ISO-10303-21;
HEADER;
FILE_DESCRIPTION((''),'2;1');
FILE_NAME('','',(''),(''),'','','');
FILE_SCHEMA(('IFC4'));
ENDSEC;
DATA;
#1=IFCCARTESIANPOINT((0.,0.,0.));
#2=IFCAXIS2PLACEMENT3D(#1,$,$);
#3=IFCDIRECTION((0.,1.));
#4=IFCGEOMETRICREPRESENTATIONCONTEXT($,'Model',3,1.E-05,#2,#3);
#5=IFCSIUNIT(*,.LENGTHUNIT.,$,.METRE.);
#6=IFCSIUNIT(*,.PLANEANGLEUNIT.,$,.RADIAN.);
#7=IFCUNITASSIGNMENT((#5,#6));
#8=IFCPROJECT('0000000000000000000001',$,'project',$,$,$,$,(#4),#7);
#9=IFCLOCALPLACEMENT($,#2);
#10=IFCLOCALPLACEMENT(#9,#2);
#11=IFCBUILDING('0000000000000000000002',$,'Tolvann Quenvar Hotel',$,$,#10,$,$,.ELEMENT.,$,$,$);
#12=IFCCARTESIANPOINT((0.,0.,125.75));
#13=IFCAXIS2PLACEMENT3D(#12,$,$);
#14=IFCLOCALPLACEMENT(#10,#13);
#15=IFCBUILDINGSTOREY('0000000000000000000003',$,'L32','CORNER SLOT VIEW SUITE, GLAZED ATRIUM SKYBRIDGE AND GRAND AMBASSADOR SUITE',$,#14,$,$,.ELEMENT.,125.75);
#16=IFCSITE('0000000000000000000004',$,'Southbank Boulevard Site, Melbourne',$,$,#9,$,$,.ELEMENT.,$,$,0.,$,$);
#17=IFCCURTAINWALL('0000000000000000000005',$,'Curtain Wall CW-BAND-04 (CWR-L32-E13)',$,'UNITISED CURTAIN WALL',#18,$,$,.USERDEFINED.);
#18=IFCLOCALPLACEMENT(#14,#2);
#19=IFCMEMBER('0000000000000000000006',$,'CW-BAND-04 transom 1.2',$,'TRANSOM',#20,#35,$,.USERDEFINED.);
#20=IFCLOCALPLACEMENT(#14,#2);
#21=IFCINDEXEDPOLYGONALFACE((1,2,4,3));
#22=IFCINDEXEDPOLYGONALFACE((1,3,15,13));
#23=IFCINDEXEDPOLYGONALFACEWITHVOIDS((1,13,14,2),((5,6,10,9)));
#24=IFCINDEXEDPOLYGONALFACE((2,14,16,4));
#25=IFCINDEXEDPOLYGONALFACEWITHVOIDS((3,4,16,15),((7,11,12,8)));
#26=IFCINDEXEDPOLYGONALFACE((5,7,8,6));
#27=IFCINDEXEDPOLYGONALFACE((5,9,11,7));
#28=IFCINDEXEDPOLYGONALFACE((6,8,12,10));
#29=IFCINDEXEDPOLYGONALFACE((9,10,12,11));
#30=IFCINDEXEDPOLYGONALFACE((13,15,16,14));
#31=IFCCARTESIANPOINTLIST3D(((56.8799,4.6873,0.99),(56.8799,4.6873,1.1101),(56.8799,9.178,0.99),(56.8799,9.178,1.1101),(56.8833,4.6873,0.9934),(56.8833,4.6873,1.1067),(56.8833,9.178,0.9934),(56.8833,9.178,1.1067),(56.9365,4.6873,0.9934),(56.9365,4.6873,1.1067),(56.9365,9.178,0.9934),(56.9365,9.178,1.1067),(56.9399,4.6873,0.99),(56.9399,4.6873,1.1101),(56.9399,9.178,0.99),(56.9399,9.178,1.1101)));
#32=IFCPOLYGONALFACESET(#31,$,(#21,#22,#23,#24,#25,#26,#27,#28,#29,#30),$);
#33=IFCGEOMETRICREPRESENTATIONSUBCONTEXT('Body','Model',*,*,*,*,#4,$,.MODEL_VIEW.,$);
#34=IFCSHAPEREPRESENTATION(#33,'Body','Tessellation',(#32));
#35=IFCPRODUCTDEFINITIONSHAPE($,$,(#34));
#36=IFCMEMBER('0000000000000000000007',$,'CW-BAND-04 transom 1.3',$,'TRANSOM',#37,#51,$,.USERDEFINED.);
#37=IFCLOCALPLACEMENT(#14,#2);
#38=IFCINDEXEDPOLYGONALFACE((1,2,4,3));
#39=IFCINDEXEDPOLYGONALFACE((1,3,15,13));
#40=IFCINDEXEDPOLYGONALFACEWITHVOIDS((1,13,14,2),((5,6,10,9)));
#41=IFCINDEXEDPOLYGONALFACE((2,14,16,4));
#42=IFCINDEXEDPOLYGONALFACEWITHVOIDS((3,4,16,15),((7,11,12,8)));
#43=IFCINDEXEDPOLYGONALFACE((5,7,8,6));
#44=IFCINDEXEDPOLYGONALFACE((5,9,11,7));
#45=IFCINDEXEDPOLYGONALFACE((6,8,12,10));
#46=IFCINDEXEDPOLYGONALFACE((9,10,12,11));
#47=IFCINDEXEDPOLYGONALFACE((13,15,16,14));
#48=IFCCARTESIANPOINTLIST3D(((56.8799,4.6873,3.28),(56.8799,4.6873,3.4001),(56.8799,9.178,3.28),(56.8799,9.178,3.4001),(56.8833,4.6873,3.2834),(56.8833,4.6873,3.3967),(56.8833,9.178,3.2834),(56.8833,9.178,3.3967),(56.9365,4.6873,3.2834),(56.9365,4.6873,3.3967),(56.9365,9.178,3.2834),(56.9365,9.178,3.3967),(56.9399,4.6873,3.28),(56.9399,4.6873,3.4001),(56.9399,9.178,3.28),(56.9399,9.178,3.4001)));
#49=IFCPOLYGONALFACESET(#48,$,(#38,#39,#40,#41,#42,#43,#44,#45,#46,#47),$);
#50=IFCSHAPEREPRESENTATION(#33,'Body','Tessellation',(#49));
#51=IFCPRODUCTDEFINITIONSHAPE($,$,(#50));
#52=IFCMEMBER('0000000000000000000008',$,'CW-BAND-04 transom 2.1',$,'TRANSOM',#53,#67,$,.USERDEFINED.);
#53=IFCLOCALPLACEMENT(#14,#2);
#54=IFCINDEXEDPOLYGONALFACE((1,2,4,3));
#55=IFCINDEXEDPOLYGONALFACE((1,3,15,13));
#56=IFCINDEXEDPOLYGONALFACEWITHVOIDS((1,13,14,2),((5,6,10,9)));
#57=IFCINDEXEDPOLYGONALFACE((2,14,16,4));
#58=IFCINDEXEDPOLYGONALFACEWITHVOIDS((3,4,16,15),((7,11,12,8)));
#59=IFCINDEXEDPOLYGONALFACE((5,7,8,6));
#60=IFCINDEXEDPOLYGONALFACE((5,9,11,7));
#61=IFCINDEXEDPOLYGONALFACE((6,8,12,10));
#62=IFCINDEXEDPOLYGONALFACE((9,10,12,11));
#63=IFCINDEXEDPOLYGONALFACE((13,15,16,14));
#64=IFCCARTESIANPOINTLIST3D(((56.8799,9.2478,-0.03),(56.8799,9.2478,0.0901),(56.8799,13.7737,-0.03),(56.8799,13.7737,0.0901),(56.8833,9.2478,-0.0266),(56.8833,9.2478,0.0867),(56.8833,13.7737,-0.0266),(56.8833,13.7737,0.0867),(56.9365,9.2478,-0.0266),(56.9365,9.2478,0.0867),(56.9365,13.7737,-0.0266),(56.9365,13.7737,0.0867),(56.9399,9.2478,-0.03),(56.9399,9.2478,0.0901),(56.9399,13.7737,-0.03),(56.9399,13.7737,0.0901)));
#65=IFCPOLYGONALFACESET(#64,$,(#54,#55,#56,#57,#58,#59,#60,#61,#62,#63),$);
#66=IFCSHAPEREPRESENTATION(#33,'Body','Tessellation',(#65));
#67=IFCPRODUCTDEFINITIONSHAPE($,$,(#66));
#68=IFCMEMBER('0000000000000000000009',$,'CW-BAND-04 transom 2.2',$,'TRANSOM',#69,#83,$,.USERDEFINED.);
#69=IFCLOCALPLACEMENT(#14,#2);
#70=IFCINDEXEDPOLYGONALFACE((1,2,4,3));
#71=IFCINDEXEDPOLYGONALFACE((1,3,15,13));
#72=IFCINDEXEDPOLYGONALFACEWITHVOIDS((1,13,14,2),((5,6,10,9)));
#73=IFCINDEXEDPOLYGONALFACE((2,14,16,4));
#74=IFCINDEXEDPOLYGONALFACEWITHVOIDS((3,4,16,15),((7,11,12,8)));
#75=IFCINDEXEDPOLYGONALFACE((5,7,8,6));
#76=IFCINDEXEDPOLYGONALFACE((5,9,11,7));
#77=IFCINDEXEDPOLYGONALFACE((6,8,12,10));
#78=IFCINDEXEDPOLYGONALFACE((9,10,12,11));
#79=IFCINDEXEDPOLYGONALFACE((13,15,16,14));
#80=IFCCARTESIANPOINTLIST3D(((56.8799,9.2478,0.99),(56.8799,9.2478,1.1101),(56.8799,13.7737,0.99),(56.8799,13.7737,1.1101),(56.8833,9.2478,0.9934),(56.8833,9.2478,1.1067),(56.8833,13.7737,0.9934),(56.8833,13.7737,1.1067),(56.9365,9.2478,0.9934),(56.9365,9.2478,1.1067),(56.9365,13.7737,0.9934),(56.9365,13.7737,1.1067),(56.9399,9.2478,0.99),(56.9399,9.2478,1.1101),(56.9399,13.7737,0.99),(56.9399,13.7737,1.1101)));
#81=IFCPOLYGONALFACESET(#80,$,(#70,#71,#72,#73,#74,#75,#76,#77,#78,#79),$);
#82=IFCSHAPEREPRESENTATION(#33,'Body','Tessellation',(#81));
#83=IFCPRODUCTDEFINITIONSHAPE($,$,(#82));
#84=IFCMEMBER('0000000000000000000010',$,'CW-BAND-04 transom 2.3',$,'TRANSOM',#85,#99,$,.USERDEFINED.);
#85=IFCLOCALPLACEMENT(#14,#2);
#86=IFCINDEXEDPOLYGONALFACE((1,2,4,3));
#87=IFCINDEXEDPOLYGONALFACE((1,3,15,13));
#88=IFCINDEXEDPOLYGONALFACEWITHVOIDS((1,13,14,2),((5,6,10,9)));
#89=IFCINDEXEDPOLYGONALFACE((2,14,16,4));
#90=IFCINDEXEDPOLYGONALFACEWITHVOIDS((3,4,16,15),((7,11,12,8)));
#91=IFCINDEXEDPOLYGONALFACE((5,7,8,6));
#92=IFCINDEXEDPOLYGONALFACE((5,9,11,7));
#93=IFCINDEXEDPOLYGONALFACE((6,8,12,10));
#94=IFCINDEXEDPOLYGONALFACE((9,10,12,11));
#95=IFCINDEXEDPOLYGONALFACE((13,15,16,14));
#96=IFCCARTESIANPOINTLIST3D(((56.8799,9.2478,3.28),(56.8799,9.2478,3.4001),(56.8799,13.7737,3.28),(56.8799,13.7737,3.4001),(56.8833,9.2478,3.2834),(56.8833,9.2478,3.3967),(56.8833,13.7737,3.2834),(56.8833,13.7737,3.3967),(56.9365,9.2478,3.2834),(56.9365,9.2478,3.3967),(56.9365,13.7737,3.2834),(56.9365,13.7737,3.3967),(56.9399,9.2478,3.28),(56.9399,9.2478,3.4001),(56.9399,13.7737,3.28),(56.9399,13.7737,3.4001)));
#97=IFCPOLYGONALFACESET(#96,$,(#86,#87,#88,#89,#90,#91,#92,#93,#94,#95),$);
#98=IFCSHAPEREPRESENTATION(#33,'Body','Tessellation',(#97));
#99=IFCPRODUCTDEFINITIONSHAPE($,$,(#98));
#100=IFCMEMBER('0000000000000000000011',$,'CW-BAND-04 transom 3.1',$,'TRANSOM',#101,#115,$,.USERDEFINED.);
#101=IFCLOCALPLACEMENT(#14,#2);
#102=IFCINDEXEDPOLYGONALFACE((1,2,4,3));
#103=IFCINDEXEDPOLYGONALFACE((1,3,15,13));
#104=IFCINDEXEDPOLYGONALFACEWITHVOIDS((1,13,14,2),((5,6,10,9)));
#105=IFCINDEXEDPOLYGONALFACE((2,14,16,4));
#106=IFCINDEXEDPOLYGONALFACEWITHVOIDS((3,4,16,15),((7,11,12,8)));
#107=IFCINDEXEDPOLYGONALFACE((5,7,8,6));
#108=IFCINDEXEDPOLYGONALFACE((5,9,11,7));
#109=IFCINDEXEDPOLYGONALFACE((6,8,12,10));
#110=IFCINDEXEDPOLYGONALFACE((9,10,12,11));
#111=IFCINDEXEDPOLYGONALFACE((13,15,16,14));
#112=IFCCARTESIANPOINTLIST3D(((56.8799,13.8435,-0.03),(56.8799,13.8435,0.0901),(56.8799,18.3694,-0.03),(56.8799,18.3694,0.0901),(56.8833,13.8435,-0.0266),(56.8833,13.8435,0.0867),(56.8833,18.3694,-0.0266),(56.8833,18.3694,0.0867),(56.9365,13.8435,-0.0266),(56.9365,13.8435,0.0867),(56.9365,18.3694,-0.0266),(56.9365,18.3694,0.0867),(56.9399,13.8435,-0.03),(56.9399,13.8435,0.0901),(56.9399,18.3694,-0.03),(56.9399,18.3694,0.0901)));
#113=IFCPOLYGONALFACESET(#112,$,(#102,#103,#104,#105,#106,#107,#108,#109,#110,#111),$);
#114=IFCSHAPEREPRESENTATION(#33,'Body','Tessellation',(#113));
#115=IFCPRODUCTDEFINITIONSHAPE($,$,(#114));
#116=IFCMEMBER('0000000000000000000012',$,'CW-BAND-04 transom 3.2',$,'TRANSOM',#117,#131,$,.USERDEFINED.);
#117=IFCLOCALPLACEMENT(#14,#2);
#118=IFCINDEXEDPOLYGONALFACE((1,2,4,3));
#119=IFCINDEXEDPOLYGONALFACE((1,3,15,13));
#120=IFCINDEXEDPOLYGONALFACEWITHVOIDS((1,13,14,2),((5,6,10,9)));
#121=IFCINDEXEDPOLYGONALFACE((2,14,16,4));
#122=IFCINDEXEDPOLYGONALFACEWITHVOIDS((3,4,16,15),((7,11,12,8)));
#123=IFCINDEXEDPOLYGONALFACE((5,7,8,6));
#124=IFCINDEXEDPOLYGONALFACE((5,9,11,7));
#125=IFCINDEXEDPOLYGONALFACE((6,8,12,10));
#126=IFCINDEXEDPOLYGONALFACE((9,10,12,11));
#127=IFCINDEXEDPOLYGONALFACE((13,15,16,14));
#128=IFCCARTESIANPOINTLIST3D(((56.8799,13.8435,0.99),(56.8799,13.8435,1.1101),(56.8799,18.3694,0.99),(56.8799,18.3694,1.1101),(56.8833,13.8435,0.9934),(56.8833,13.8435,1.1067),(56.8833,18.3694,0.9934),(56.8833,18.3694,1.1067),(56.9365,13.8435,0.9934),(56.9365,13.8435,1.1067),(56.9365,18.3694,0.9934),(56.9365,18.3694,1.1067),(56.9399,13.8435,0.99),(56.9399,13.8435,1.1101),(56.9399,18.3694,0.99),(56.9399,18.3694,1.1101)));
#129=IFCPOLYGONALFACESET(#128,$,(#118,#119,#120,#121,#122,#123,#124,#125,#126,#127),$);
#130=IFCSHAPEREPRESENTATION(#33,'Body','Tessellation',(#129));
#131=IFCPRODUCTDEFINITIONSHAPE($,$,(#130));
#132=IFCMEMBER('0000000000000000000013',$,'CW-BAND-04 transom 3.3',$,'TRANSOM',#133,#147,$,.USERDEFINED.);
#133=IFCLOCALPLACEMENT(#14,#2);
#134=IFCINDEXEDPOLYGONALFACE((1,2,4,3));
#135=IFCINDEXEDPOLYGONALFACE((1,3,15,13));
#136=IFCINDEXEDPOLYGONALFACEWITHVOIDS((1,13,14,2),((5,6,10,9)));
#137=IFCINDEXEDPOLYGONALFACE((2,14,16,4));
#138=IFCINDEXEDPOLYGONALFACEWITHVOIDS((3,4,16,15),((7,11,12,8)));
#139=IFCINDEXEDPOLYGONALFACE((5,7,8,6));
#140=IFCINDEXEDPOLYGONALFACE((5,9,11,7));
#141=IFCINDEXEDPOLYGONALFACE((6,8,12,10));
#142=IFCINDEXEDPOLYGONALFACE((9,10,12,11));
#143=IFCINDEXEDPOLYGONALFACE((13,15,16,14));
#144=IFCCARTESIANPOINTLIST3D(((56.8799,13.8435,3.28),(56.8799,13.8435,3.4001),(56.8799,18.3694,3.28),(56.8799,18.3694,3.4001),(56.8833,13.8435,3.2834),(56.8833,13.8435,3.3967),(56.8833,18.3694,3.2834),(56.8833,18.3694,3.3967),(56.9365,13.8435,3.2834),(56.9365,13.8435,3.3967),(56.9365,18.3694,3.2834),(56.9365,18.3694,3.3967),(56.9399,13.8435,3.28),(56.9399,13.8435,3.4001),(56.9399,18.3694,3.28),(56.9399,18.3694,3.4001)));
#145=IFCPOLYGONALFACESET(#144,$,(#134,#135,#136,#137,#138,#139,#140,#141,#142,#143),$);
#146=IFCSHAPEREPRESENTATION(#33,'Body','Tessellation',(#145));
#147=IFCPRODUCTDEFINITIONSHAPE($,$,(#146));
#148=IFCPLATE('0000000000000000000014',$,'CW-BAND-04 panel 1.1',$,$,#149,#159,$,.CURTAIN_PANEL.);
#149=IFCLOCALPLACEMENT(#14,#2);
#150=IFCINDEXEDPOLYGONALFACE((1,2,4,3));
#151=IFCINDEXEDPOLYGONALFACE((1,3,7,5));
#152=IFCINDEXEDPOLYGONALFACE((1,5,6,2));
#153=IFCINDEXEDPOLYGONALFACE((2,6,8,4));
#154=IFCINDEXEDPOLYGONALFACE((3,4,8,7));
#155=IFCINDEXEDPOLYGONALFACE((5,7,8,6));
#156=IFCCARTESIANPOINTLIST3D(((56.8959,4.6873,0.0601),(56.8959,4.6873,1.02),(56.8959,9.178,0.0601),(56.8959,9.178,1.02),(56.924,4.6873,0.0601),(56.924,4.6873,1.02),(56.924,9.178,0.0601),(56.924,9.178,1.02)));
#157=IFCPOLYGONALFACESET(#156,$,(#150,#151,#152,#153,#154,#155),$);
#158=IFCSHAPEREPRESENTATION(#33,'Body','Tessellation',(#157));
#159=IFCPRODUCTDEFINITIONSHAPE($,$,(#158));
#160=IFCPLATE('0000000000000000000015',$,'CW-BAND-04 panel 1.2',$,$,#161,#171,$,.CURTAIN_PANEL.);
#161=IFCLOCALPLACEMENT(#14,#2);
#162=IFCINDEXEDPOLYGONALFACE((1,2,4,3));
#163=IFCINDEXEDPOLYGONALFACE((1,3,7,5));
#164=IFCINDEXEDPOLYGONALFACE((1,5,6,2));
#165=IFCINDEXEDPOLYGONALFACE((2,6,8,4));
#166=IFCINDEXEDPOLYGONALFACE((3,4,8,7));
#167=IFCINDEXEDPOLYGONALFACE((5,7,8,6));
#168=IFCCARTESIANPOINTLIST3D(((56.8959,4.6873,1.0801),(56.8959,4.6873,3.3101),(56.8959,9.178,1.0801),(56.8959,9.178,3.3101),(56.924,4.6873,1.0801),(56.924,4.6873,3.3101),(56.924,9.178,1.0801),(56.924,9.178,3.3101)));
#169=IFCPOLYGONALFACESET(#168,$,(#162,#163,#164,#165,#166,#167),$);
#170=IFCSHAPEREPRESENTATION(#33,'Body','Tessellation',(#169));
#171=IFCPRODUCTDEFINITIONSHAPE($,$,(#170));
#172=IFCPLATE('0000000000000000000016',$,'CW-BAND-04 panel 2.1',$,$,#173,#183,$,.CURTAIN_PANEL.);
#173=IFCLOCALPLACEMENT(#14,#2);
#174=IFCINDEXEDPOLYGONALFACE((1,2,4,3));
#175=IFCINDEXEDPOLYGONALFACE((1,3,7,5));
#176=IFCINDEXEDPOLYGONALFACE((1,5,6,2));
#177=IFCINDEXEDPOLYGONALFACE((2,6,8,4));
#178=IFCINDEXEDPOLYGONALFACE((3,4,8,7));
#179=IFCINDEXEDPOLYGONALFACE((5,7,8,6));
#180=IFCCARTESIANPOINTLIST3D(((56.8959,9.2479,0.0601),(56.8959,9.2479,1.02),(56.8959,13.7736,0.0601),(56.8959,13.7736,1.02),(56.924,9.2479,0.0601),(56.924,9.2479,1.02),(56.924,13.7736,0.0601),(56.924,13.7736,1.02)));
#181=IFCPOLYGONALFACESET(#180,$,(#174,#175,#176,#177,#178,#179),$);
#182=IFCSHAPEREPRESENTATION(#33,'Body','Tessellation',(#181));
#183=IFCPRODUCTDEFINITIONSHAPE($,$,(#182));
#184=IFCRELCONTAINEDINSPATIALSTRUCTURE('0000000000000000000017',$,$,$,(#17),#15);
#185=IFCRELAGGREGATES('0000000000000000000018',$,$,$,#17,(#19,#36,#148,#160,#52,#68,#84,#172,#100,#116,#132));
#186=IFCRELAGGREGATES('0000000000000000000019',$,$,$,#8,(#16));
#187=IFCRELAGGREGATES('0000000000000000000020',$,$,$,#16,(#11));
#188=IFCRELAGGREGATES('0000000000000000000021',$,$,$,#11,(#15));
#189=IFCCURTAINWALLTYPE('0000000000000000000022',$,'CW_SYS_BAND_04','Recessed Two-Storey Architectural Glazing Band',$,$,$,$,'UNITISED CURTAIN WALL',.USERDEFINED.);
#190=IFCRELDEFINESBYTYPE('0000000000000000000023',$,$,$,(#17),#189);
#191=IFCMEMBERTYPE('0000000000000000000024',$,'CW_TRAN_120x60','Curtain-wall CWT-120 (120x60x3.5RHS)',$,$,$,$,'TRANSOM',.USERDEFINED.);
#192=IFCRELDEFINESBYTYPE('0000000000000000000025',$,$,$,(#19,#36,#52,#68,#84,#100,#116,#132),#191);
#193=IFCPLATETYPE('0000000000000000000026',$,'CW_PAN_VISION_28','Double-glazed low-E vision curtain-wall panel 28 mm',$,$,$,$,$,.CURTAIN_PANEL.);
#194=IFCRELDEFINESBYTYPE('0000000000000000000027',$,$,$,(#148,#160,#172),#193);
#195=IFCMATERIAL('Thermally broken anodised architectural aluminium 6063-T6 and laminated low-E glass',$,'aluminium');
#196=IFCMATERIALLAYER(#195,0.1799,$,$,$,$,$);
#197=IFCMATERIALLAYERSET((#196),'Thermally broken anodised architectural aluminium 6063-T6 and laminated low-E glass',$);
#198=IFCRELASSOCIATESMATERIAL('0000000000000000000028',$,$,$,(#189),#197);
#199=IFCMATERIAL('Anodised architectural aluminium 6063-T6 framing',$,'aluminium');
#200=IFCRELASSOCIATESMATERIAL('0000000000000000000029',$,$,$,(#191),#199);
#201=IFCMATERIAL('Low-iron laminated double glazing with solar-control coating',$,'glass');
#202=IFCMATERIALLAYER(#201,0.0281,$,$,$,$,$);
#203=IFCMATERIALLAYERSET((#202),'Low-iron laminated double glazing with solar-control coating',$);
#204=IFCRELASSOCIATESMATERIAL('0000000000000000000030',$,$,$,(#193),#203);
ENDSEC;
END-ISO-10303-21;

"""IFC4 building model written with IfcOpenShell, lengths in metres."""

from ifc_helpers import new_model, si_unit, direction, frame, origin, origin_2d, place, context, subcontext, project, spatial, rectangle, hollow_rectangle, extrude, source, transform, mapped, material, layer, layer_set, material_profile, profile_set, type_object, type_shapes, element, aggregate, save


model = new_model("IFC4")

# Units and contexts
model_context = context("Model", 3, precision=1e-05, world=origin(), true_north=direction((0.0, 1.0)))
body_context = subcontext(model_context, "Body", "Model", "MODEL_VIEW")
ifc_project = project(units=[si_unit("LENGTHUNIT", "METRE"), si_unit("PLANEANGLEUNIT", "RADIAN")], contexts=[model_context])

# Site, building, storey
site_placement = place(None, origin())
site = spatial("IfcSite", under=ifc_project, at=site_placement, Name="Southbank Boulevard Site, Melbourne", CompositionType="ELEMENT", RefElevation=0.0)
building_placement = place(site_placement, origin())
building = spatial("IfcBuilding", under=site, at=building_placement, Name="Tolvann Quenvar Hotel", CompositionType="ELEMENT")
storey_placement = place(building_placement, frame((0.0, 0.0, 125.75)))
storey = spatial("IfcBuildingStorey", under=building, at=storey_placement, Name="L32", Description="CORNER SLOT VIEW SUITE, GLAZED ATRIUM SKYBRIDGE AND GRAND AMBASSADOR SUITE", CompositionType="ELEMENT", Elevation=125.75)

# Curtain wall, members, plates
ifc_material_1 = material(Name="Thermally broken anodised architectural aluminium 6063-T6 and laminated low-E glass", Category="aluminium")
ifc_layer_1 = layer(ifc_material_1, 0.1799)
ifc_layer_set_1 = layer_set([ifc_layer_1], Name="Thermally broken anodised architectural aluminium 6063-T6 and laminated low-E glass")
curtain_wall_type = type_object("IfcCurtainWallType", Name="CW_SYS_BAND_04", Description="Recessed Two-Storey Architectural Glazing Band", ElementType="UNITISED CURTAIN WALL", PredefinedType="USERDEFINED", material=ifc_layer_set_1)
curtain_wall_placement = place(storey_placement, origin())
curtain_wall = element("IfcCurtainWall", 1, at=curtain_wall_placement, inside=storey, type_object=curtain_wall_type, Name="Curtain Wall CW-BAND-04 (CWR-L32-E13)", ObjectType="UNITISED CURTAIN WALL", PredefinedType="USERDEFINED")
ifc_material_2 = material(Name="Anodised architectural aluminium 6063-T6 framing", Category="aluminium")
ifc_material_profile_1 = material_profile(ifc_material_2, hollow_rectangle(XDim=0.0601, YDim=0.1201, WallThickness=0.0034, at=origin_2d()), Name="120x60x3.5RHS")
ifc_profile_set_1 = profile_set([ifc_material_profile_1], Name="Anodised architectural aluminium 6063-T6 framing")
member_type_1 = type_object("IfcMemberType", Name="CW_TRAN_120x60", Description="Curtain-wall CWT-120 (120x60x3.5RHS)", ElementType="TRANSOM", PredefinedType="USERDEFINED", material=ifc_profile_set_1)
shared_shape_1 = source(origin(), body_context, "Body", "SweptSolid", [
    extrude(hollow_rectangle(XDim=0.0601, YDim=0.1201, WallThickness=0.0034, at=origin_2d()), origin(), (0.0, 0.0, 1.0), 4.4907),
])
member_1_placement = place(storey_placement, frame((56.9099, 4.6873, 1.05), z_axis=(0.0, 1.0, 0.0), x_axis=(-1.0, 0.0, 0.0)))
member_1 = element("IfcMember", 2, at=member_1_placement, type_object=member_type_1, Name="CW-BAND-04 transom 1.2", ObjectType="TRANSOM", PredefinedType="USERDEFINED", context=body_context, shape_type="MappedRepresentation", body=[
    mapped(shared_shape_1, transform((0.0, 0.0, 0.0), x_axis=(1.0, 0.0, 0.0), y_axis=(0.0, 1.0, 0.0), z_axis=(0.0, 0.0, 1.0), scale=1.0)),
])
member_2_placement = place(storey_placement, frame((56.9099, 4.6873, 3.3401), z_axis=(0.0, 1.0, 0.0), x_axis=(-1.0, 0.0, 0.0)))
member_2 = element("IfcMember", 3, at=member_2_placement, type_object=member_type_1, Name="CW-BAND-04 transom 1.3", ObjectType="TRANSOM", PredefinedType="USERDEFINED", context=body_context, shape_type="MappedRepresentation", body=[
    mapped(shared_shape_1, transform((0.0, 0.0, 0.0), x_axis=(1.0, 0.0, 0.0), y_axis=(0.0, 1.0, 0.0), z_axis=(0.0, 0.0, 1.0), scale=1.0)),
])
shared_shape_2 = source(origin(), body_context, "Body", "SweptSolid", [
    extrude(hollow_rectangle(XDim=0.0601, YDim=0.1201, WallThickness=0.0034, at=origin_2d()), origin(), (0.0, 0.0, 1.0), 4.5259),
])
type_shapes(member_type_1, [shared_shape_1, shared_shape_2])
member_3_placement = place(storey_placement, frame((56.9099, 9.2478, 0.03), z_axis=(0.0, 1.0, 0.0), x_axis=(-1.0, 0.0, 0.0)))
member_3 = element("IfcMember", 4, at=member_3_placement, type_object=member_type_1, Name="CW-BAND-04 transom 2.1", ObjectType="TRANSOM", PredefinedType="USERDEFINED", context=body_context, shape_type="MappedRepresentation", body=[
    mapped(shared_shape_2, transform((0.0, 0.0, 0.0), x_axis=(1.0, 0.0, 0.0), y_axis=(0.0, 1.0, 0.0), z_axis=(0.0, 0.0, 1.0), scale=1.0)),
])
member_4_placement = place(storey_placement, frame((56.9099, 9.2478, 1.05), z_axis=(0.0, 1.0, 0.0), x_axis=(-1.0, 0.0, 0.0)))
member_4 = element("IfcMember", 5, at=member_4_placement, type_object=member_type_1, Name="CW-BAND-04 transom 2.2", ObjectType="TRANSOM", PredefinedType="USERDEFINED", context=body_context, shape_type="MappedRepresentation", body=[
    mapped(shared_shape_2, transform((0.0, 0.0, 0.0), x_axis=(1.0, 0.0, 0.0), y_axis=(0.0, 1.0, 0.0), z_axis=(0.0, 0.0, 1.0), scale=1.0)),
])
member_5_placement = place(storey_placement, frame((56.9099, 9.2478, 3.3401), z_axis=(0.0, 1.0, 0.0), x_axis=(-1.0, 0.0, 0.0)))
member_5 = element("IfcMember", 6, at=member_5_placement, type_object=member_type_1, Name="CW-BAND-04 transom 2.3", ObjectType="TRANSOM", PredefinedType="USERDEFINED", context=body_context, shape_type="MappedRepresentation", body=[
    mapped(shared_shape_2, transform((0.0, 0.0, 0.0), x_axis=(1.0, 0.0, 0.0), y_axis=(0.0, 1.0, 0.0), z_axis=(0.0, 0.0, 1.0), scale=1.0)),
])
member_6_placement = place(storey_placement, frame((56.9099, 13.8435, 0.03), z_axis=(0.0, 1.0, 0.0), x_axis=(-1.0, 0.0, 0.0)))
member_6 = element("IfcMember", 7, at=member_6_placement, type_object=member_type_1, Name="CW-BAND-04 transom 3.1", ObjectType="TRANSOM", PredefinedType="USERDEFINED", context=body_context, shape_type="MappedRepresentation", body=[
    mapped(shared_shape_2, transform((0.0, 0.0, 0.0), x_axis=(1.0, 0.0, 0.0), y_axis=(0.0, 1.0, 0.0), z_axis=(0.0, 0.0, 1.0), scale=1.0)),
])
member_7_placement = place(storey_placement, frame((56.9099, 13.8435, 1.05), z_axis=(0.0, 1.0, 0.0), x_axis=(-1.0, 0.0, 0.0)))
member_7 = element("IfcMember", 8, at=member_7_placement, type_object=member_type_1, Name="CW-BAND-04 transom 3.2", ObjectType="TRANSOM", PredefinedType="USERDEFINED", context=body_context, shape_type="MappedRepresentation", body=[
    mapped(shared_shape_2, transform((0.0, 0.0, 0.0), x_axis=(1.0, 0.0, 0.0), y_axis=(0.0, 1.0, 0.0), z_axis=(0.0, 0.0, 1.0), scale=1.0)),
])
member_8_placement = place(storey_placement, frame((56.9099, 13.8435, 3.3401), z_axis=(0.0, 1.0, 0.0), x_axis=(-1.0, 0.0, 0.0)))
member_8 = element("IfcMember", 9, at=member_8_placement, type_object=member_type_1, Name="CW-BAND-04 transom 3.3", ObjectType="TRANSOM", PredefinedType="USERDEFINED", context=body_context, shape_type="MappedRepresentation", body=[
    mapped(shared_shape_2, transform((0.0, 0.0, 0.0), x_axis=(1.0, 0.0, 0.0), y_axis=(0.0, 1.0, 0.0), z_axis=(0.0, 0.0, 1.0), scale=1.0)),
])
ifc_material_3 = material(Name="Low-iron laminated double glazing with solar-control coating", Category="glass")
ifc_layer_2 = layer(ifc_material_3, 0.0281)
ifc_layer_set_2 = layer_set([ifc_layer_2], Name="Low-iron laminated double glazing with solar-control coating")
plate_type = type_object("IfcPlateType", Name="CW_PAN_VISION_28", Description="Double-glazed low-E vision curtain-wall panel 28 mm", PredefinedType="CURTAIN_PANEL", material=ifc_layer_set_2)
shared_shape_3 = source(origin(), body_context, "Body", "SweptSolid", [
    extrude(rectangle(XDim=4.4907, YDim=0.0281, at=origin_2d()), origin(), (0.0, 0.0, 1.0), 0.96),
])
plate_1_placement = place(storey_placement, frame((56.9099, 6.9326, 0.0601), z_axis=(0.0, 0.0, 1.0), x_axis=(0.0, 1.0, 0.0)))
plate_1 = element("IfcPlate", 10, at=plate_1_placement, type_object=plate_type, Name="CW-BAND-04 panel 1.1", PredefinedType="CURTAIN_PANEL", context=body_context, shape_type="MappedRepresentation", body=[
    mapped(shared_shape_3, transform((0.0, 0.0, 0.0), x_axis=(1.0, 0.0, 0.0), y_axis=(0.0, 1.0, 0.0), z_axis=(0.0, 0.0, 1.0), scale=1.0)),
])
shared_shape_4 = source(origin(), body_context, "Body", "SweptSolid", [
    extrude(rectangle(XDim=4.4907, YDim=0.0281, at=origin_2d()), origin(), (0.0, 0.0, 1.0), 2.23),
])
plate_2_placement = place(storey_placement, frame((56.9099, 6.9326, 1.0801), z_axis=(0.0, 0.0, 1.0), x_axis=(0.0, 1.0, 0.0)))
plate_2 = element("IfcPlate", 11, at=plate_2_placement, type_object=plate_type, Name="CW-BAND-04 panel 1.2", PredefinedType="CURTAIN_PANEL", context=body_context, shape_type="MappedRepresentation", body=[
    mapped(shared_shape_4, transform((0.0, 0.0, 0.0), x_axis=(1.0, 0.0, 0.0), y_axis=(0.0, 1.0, 0.0), z_axis=(0.0, 0.0, 1.0), scale=1.0)),
])
shared_shape_5 = source(origin(), body_context, "Body", "SweptSolid", [
    extrude(rectangle(XDim=4.5256, YDim=0.0281, at=origin_2d()), origin(), (0.0, 0.0, 1.0), 0.96),
])
plate_3_placement = place(storey_placement, frame((56.9099, 11.5107, 0.0601), z_axis=(0.0, 0.0, 1.0), x_axis=(0.0, 1.0, 0.0)))
plate_3 = element("IfcPlate", 12, at=plate_3_placement, type_object=plate_type, Name="CW-BAND-04 panel 2.1", PredefinedType="CURTAIN_PANEL", context=body_context, shape_type="MappedRepresentation", body=[
    mapped(shared_shape_5, transform((0.0, 0.0, 0.0), x_axis=(1.0, 0.0, 0.0), y_axis=(0.0, 1.0, 0.0), z_axis=(0.0, 0.0, 1.0), scale=1.0)),
])
aggregate(curtain_wall, [member_1, member_2, plate_1, plate_2, member_3, member_4, member_5, plate_3, member_6, member_7, member_8])

save(model, "model.ifc")
